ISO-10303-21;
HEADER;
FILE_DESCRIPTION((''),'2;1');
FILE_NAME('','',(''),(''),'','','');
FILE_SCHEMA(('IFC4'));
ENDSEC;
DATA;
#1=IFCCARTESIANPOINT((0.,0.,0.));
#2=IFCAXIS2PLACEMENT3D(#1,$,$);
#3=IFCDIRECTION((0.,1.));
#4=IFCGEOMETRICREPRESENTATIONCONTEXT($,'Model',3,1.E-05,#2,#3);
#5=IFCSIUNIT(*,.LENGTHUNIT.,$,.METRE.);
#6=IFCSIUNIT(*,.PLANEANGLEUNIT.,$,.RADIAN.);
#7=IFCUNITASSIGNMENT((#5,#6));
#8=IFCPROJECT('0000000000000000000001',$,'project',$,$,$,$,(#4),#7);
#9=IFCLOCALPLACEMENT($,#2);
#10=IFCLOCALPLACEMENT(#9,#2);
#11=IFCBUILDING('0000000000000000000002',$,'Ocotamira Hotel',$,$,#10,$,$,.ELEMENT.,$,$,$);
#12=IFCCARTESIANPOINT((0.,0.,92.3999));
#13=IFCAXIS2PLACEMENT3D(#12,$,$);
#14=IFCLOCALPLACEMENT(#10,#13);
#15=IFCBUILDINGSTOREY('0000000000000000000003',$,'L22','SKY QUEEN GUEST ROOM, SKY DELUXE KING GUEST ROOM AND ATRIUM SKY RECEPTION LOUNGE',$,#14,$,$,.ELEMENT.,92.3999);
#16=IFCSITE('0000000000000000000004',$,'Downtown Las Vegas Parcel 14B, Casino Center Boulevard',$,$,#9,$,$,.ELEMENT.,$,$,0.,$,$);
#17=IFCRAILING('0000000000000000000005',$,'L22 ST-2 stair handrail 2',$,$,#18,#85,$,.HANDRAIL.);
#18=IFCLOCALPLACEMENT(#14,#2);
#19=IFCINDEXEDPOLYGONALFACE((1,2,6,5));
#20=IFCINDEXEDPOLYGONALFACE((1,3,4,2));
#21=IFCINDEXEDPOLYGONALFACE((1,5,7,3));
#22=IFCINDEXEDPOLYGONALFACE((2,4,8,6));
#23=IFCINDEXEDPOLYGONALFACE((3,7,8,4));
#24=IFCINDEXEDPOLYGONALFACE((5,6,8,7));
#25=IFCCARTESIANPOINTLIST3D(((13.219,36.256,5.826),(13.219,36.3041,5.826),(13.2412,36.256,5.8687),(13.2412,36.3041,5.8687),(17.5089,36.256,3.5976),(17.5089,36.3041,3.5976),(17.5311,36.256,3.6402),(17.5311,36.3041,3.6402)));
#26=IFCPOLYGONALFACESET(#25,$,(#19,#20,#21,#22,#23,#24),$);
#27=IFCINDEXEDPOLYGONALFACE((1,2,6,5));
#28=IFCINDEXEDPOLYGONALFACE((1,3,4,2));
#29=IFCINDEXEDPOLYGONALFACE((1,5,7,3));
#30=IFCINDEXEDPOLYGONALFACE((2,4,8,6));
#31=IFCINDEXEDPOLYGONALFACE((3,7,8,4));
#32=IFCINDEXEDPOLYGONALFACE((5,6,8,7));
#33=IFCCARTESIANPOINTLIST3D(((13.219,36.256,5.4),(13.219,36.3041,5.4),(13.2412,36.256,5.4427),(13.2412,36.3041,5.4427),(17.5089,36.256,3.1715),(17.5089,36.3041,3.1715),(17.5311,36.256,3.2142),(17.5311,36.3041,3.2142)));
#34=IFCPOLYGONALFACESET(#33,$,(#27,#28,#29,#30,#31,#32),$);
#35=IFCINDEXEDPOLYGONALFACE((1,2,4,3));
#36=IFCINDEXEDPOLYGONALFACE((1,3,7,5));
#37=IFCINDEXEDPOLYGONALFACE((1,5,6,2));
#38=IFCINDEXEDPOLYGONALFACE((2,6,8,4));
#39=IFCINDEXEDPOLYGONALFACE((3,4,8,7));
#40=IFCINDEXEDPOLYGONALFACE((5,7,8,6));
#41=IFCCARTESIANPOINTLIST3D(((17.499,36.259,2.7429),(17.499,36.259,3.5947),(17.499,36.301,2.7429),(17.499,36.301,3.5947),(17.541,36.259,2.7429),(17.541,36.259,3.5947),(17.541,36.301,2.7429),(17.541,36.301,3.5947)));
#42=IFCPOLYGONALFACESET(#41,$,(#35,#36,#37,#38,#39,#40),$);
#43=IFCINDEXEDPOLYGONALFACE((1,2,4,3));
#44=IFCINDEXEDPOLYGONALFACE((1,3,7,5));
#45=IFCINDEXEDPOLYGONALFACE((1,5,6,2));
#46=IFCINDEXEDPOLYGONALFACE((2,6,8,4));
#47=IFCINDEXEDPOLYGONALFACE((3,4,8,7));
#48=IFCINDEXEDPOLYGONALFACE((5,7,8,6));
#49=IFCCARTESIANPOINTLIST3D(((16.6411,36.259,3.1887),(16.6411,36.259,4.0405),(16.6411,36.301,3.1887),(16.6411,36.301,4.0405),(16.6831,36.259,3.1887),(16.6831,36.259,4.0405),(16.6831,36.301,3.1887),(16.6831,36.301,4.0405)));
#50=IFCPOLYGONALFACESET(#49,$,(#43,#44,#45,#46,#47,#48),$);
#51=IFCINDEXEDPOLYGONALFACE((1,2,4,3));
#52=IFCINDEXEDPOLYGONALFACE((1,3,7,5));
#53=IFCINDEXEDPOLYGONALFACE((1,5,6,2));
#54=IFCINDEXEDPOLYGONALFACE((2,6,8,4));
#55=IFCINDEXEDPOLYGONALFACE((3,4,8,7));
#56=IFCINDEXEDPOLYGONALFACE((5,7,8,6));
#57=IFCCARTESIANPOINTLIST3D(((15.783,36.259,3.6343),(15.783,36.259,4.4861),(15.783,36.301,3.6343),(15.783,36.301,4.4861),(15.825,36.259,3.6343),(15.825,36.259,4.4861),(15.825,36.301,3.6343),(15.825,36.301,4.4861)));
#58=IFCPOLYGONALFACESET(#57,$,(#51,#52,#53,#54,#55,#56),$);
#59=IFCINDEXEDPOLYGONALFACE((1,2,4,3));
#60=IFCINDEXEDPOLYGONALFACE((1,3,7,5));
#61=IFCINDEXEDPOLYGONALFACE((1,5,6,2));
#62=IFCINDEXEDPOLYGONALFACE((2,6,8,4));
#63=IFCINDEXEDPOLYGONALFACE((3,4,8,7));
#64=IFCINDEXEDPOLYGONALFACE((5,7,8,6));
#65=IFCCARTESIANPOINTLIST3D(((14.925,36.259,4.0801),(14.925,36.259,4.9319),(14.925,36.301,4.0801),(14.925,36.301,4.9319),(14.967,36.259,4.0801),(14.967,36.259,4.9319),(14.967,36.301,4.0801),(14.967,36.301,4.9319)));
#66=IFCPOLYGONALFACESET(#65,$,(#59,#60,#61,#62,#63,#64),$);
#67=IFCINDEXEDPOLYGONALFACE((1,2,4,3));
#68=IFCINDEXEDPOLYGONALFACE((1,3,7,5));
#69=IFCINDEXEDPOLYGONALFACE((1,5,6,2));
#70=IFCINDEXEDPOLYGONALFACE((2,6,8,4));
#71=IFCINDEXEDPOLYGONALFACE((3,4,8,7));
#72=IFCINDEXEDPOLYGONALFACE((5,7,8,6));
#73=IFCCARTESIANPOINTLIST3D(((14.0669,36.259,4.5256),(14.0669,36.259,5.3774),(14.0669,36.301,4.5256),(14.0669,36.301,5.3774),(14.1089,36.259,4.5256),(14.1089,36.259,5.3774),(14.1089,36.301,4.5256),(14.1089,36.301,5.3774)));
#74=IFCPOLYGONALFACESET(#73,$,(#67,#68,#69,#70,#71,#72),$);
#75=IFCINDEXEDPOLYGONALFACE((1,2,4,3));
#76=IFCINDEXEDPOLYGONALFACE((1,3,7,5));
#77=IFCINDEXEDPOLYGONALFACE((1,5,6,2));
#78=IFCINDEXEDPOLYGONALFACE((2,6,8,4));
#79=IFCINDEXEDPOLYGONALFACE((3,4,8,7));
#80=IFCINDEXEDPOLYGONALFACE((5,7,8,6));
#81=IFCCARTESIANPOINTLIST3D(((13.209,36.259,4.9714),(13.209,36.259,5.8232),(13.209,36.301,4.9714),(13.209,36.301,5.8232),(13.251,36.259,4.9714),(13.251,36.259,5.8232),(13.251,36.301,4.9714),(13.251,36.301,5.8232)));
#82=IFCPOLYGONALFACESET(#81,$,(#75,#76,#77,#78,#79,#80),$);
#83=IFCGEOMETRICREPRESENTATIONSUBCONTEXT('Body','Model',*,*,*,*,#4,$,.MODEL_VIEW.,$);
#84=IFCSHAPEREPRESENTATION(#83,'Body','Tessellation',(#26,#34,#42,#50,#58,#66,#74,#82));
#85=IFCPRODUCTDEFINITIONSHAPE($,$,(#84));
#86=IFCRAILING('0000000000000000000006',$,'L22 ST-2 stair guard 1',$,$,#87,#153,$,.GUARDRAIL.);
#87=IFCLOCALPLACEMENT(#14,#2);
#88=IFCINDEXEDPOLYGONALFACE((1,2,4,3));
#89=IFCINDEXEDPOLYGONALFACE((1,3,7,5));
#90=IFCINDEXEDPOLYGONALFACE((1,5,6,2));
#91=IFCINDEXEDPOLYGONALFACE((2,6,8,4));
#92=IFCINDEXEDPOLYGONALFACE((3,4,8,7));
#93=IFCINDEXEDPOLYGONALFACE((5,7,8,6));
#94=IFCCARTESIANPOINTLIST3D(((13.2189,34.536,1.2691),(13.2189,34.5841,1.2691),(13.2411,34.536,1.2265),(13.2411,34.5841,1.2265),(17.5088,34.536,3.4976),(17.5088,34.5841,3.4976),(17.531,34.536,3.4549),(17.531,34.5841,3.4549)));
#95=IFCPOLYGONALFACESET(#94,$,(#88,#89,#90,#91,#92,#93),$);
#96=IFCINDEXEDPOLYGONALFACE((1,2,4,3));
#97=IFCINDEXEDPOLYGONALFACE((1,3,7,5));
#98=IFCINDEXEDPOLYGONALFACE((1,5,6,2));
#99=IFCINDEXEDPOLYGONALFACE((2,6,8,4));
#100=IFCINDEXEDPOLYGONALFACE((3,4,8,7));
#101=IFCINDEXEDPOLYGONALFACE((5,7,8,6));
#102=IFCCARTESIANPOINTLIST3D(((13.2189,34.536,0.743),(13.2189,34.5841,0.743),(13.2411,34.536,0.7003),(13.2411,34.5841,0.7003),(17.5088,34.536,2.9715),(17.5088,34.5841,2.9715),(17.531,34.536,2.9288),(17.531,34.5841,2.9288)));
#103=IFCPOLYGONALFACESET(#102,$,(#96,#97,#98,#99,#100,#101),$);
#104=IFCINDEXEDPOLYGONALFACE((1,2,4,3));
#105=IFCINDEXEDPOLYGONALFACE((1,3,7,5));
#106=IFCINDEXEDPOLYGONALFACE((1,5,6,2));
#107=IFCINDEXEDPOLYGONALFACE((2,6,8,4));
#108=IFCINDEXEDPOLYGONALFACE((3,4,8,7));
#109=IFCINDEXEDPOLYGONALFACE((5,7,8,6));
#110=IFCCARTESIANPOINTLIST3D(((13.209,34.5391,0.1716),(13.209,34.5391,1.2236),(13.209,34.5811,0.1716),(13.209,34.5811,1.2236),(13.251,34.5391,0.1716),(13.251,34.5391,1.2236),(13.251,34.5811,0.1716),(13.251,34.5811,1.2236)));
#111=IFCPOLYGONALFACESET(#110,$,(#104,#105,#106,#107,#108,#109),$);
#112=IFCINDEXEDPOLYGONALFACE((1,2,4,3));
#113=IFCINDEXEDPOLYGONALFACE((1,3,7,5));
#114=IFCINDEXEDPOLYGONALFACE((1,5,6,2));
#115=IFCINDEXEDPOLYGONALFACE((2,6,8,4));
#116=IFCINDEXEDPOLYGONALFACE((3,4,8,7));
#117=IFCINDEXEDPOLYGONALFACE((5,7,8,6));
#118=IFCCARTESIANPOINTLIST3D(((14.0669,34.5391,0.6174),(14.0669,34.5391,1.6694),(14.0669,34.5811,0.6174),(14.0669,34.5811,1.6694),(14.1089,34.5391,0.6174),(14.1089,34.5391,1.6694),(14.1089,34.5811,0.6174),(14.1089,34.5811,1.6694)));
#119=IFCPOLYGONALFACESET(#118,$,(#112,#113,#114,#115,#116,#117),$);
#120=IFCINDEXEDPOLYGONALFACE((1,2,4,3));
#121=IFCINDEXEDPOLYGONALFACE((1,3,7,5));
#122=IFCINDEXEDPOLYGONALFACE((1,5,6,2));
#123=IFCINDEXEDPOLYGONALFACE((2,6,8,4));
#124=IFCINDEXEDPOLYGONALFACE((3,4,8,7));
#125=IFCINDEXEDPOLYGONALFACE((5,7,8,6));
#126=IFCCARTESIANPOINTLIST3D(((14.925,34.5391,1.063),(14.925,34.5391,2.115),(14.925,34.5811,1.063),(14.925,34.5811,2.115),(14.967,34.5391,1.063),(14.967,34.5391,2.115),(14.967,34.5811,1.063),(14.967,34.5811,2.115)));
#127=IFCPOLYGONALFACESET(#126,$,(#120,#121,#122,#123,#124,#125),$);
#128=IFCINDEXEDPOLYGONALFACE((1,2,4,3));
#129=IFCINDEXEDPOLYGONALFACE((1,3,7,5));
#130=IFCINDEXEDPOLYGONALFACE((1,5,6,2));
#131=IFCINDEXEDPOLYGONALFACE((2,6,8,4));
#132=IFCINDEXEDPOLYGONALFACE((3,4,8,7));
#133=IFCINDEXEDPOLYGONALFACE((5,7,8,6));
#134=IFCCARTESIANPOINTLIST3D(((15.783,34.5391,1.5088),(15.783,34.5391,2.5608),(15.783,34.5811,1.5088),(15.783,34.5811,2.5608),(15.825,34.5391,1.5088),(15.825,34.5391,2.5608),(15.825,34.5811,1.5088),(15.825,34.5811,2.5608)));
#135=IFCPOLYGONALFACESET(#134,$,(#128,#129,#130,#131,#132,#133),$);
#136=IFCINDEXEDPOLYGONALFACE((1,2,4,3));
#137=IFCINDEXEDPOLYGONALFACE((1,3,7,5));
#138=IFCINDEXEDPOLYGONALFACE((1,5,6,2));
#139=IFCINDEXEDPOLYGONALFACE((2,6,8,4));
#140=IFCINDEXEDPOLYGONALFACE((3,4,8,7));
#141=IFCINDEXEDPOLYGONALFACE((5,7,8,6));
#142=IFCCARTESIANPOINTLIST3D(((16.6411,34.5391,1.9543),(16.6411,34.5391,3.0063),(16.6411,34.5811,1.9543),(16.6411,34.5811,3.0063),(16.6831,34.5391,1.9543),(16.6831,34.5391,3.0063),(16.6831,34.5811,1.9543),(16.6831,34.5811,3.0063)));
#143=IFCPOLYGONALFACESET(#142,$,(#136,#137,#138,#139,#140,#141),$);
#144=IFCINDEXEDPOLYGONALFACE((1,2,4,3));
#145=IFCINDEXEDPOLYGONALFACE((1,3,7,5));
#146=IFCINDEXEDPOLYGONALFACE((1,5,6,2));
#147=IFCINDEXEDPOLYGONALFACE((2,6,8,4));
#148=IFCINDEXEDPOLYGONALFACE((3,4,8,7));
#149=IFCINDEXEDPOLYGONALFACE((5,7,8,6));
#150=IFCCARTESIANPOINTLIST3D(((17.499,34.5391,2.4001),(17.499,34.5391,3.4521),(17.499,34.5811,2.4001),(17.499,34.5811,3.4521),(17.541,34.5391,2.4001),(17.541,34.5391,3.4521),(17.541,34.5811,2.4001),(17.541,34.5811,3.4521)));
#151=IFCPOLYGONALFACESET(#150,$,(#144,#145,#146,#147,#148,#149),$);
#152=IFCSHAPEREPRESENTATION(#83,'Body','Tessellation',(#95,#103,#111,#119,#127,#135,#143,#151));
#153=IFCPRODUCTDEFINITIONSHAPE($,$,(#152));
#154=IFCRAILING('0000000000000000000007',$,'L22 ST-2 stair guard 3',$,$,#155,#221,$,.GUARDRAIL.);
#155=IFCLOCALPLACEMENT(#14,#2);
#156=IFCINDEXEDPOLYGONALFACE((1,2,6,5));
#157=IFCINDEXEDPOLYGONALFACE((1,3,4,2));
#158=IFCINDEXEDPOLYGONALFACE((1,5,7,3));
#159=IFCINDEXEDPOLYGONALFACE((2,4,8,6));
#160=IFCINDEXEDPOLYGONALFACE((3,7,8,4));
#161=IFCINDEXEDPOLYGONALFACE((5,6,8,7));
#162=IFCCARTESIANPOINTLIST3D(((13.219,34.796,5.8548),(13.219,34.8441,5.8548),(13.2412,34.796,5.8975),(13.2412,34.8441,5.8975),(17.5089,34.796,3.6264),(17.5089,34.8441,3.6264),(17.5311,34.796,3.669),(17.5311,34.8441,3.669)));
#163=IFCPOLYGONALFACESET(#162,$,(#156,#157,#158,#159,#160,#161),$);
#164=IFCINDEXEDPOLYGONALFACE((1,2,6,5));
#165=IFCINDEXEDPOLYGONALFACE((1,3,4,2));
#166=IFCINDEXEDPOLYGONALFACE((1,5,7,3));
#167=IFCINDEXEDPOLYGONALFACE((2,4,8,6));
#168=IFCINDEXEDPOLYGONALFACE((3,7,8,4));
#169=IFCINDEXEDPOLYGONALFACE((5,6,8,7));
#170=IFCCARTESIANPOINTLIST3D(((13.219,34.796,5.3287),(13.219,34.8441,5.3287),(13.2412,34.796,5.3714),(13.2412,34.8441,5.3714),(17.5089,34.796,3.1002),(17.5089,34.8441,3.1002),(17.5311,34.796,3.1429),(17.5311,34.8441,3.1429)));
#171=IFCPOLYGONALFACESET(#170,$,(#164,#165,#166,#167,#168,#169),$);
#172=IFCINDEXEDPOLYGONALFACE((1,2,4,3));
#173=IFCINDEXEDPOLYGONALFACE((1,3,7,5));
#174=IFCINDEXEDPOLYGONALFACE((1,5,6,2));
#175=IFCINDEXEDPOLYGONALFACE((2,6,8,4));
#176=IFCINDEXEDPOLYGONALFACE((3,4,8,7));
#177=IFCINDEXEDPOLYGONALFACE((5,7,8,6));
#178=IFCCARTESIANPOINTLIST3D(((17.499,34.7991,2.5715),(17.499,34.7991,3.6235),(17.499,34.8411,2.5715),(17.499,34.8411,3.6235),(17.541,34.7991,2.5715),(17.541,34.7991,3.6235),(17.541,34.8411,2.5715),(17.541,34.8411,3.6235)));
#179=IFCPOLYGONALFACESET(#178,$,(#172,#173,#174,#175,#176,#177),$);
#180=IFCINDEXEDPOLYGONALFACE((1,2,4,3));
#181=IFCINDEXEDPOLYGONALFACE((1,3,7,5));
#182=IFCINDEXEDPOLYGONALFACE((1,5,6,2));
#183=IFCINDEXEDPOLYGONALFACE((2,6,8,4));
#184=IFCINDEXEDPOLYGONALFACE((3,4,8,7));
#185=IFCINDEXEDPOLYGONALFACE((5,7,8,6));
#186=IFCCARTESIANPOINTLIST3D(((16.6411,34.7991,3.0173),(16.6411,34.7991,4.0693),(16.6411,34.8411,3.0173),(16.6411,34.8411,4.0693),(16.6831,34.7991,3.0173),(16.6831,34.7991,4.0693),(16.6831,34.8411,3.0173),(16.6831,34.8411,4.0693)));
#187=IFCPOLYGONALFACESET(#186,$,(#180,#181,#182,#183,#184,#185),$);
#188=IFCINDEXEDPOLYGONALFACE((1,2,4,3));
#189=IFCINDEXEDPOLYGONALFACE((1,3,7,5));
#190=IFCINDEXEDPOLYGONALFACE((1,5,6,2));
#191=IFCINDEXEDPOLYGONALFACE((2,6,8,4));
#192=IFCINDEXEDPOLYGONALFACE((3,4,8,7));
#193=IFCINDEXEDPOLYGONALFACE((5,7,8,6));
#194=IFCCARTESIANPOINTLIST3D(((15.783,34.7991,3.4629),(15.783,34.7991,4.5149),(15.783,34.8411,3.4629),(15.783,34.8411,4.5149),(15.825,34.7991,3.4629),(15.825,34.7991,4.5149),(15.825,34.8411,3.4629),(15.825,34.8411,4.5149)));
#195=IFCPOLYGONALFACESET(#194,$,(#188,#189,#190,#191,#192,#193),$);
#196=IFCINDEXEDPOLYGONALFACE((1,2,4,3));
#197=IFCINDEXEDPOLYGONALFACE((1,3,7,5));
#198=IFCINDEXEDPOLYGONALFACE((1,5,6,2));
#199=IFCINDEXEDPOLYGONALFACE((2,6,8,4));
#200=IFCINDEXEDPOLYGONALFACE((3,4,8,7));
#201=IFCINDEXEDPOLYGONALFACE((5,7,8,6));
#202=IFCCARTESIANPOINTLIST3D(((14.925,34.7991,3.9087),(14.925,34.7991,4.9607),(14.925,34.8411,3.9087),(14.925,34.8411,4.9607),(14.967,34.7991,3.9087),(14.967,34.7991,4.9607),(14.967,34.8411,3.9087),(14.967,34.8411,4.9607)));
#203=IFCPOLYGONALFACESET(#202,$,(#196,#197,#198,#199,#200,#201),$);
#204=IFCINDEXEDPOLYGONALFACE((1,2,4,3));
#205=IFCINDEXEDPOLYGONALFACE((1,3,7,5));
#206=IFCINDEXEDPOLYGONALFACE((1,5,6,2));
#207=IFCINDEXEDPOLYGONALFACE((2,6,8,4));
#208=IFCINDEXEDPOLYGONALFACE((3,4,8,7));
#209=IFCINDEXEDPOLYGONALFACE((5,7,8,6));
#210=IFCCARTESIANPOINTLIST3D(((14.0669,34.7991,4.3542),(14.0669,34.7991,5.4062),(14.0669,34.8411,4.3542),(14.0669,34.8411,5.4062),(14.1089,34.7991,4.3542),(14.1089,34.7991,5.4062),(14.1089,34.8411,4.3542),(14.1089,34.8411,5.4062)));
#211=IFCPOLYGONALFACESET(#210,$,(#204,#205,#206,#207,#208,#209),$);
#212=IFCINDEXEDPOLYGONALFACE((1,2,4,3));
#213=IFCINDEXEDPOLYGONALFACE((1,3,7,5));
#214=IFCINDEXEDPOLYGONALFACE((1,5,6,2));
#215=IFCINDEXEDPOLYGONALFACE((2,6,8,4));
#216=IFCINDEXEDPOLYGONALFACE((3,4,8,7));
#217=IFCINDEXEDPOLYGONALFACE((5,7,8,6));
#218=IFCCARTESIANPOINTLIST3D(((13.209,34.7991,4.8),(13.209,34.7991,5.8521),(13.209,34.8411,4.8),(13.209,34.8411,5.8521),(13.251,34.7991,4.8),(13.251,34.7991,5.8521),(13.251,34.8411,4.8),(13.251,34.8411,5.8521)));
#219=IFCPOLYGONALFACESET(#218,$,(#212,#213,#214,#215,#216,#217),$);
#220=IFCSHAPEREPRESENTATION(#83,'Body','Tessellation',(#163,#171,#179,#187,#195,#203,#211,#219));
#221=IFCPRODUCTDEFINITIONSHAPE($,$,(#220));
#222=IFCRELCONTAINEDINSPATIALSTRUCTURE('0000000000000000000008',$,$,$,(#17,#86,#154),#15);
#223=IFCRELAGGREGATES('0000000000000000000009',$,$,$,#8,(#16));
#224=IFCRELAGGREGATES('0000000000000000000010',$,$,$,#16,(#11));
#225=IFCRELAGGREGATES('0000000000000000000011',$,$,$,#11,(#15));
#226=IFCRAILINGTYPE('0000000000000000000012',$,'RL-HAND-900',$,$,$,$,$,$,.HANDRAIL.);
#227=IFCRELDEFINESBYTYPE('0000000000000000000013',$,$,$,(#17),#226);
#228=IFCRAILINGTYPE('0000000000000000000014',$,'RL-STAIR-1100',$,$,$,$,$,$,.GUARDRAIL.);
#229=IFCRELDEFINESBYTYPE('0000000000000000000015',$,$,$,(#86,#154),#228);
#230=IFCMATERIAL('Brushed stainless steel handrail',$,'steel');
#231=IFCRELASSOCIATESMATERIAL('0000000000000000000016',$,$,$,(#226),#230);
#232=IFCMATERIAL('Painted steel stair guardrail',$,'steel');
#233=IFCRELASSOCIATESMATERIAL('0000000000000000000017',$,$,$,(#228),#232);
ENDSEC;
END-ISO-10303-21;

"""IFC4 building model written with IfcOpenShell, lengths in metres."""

from ifc_helpers import new_model, si_unit, direction, frame, origin, origin_2d, place, context, subcontext, project, spatial, rectangle, extrude, material, type_object, element, save


model = new_model("IFC4")

# Units and contexts
model_context = context("Model", 3, precision=1e-05, world=origin(), true_north=direction((0.0, 1.0)))
body_context = subcontext(model_context, "Body", "Model", "MODEL_VIEW")
ifc_project = project(units=[si_unit("LENGTHUNIT", "METRE"), si_unit("PLANEANGLEUNIT", "RADIAN")], contexts=[model_context])

# Site, building, storey
site_placement = place(None, origin())
site = spatial("IfcSite", under=ifc_project, at=site_placement, Name="Downtown Las Vegas Parcel 14B, Casino Center Boulevard", CompositionType="ELEMENT", RefElevation=0.0)
building_placement = place(site_placement, origin())
building = spatial("IfcBuilding", under=site, at=building_placement, Name="Ocotamira Hotel", CompositionType="ELEMENT")
storey_placement = place(building_placement, frame((0.0, 0.0, 92.3999)))
storey = spatial("IfcBuildingStorey", under=building, at=storey_placement, Name="L22", Description="SKY QUEEN GUEST ROOM, SKY DELUXE KING GUEST ROOM AND ATRIUM SKY RECEPTION LOUNGE", CompositionType="ELEMENT", Elevation=92.3999)

# Railings
ifc_material_1 = material(Name="Brushed stainless steel handrail", Category="steel")
railing_type_1 = type_object("IfcRailingType", Name="RL-HAND-900", PredefinedType="HANDRAIL", material=ifc_material_1)
railing_1_placement = place(storey_placement, frame((17.52, 36.28, 2.7429)))
element("IfcRailing", 1, at=railing_1_placement, inside=storey, type_object=railing_type_1, Name="L22 ST-2 stair handrail 2", PredefinedType="HANDRAIL", context=body_context, shape_type="SweptSolid", body=[
    extrude(rectangle(XDim=0.0481, YDim=0.0481, at=origin_2d()), frame((0.0, 0.0, 0.876), z_axis=(-0.887412, 0.0, 0.460977), x_axis=(0.0, -1.0, 0.0)), (0.0, 0.0, 1.0), 4.8342),
    extrude(rectangle(XDim=0.0481, YDim=0.0481, at=origin_2d()), frame((0.0, 0.0, 0.45), z_axis=(-0.887412, 0.0, 0.460977), x_axis=(0.0, -1.0, 0.0)), (0.0, 0.0, 1.0), 4.8342),
    extrude(rectangle(XDim=0.042, YDim=0.042, at=origin_2d()), origin(), (0.0, 0.0, 1.0), 0.8518),
    extrude(rectangle(XDim=0.042, YDim=0.042, at=origin_2d()), frame((-0.8579, 0.0, 0.4458)), (0.0, 0.0, 1.0), 0.8518),
    extrude(rectangle(XDim=0.042, YDim=0.042, at=origin_2d()), frame((-1.7161, 0.0, 0.8914)), (0.0, 0.0, 1.0), 0.8518),
    extrude(rectangle(XDim=0.042, YDim=0.042, at=origin_2d()), frame((-2.574, 0.0, 1.3372)), (0.0, 0.0, 1.0), 0.8518),
    extrude(rectangle(XDim=0.042, YDim=0.042, at=origin_2d()), frame((-3.4321, 0.0, 1.7827)), (0.0, 0.0, 1.0), 0.8518),
    extrude(rectangle(XDim=0.042, YDim=0.042, at=origin_2d()), frame((-4.29, 0.0, 2.2285)), (0.0, 0.0, 1.0), 0.8518),
])
ifc_material_2 = material(Name="Painted steel stair guardrail", Category="steel")
railing_type_2 = type_object("IfcRailingType", Name="RL-STAIR-1100", PredefinedType="GUARDRAIL", material=ifc_material_2)
railing_2_placement = place(storey_placement, frame((13.23, 34.5601, 0.1716)))
element("IfcRailing", 2, at=railing_2_placement, inside=storey, type_object=railing_type_2, Name="L22 ST-2 stair guard 1", PredefinedType="GUARDRAIL", context=body_context, shape_type="SweptSolid", body=[
    extrude(rectangle(XDim=0.0481, YDim=0.0481, at=origin_2d()), frame((0.0, 0.0, 1.0762), z_axis=(0.887412, 0.0, 0.460977), x_axis=(0.0, 1.0, 0.0)), (0.0, 0.0, 1.0), 4.8342),
    extrude(rectangle(XDim=0.0481, YDim=0.0481, at=origin_2d()), frame((0.0, 0.0, 0.55), z_axis=(0.887412, 0.0, 0.460977), x_axis=(0.0, 1.0, 0.0)), (0.0, 0.0, 1.0), 4.8342),
    extrude(rectangle(XDim=0.042, YDim=0.042, at=origin_2d()), origin(), (0.0, 0.0, 1.0), 1.052),
    extrude(rectangle(XDim=0.042, YDim=0.042, at=origin_2d()), frame((0.8579, 0.0, 0.4458)), (0.0, 0.0, 1.0), 1.052),
    extrude(rectangle(XDim=0.042, YDim=0.042, at=origin_2d()), frame((1.7161, 0.0, 0.8914)), (0.0, 0.0, 1.0), 1.052),
    extrude(rectangle(XDim=0.042, YDim=0.042, at=origin_2d()), frame((2.574, 0.0, 1.3372)), (0.0, 0.0, 1.0), 1.052),
    extrude(rectangle(XDim=0.042, YDim=0.042, at=origin_2d()), frame((3.4321, 0.0, 1.7827)), (0.0, 0.0, 1.0), 1.052),
    extrude(rectangle(XDim=0.042, YDim=0.042, at=origin_2d()), frame((4.29, 0.0, 2.2285)), (0.0, 0.0, 1.0), 1.052),
])
railing_3_placement = place(storey_placement, frame((17.52, 34.8201, 2.5715)))
element("IfcRailing", 3, at=railing_3_placement, inside=storey, type_object=railing_type_2, Name="L22 ST-2 stair guard 3", PredefinedType="GUARDRAIL", context=body_context, shape_type="SweptSolid", body=[
    extrude(rectangle(XDim=0.0481, YDim=0.0481, at=origin_2d()), frame((0.0, 0.0, 1.0762), z_axis=(-0.887412, 0.0, 0.460977), x_axis=(0.0, -1.0, 0.0)), (0.0, 0.0, 1.0), 4.8342),
    extrude(rectangle(XDim=0.0481, YDim=0.0481, at=origin_2d()), frame((0.0, 0.0, 0.55), z_axis=(-0.887412, 0.0, 0.460977), x_axis=(0.0, -1.0, 0.0)), (0.0, 0.0, 1.0), 4.8342),
    extrude(rectangle(XDim=0.042, YDim=0.042, at=origin_2d()), origin(), (0.0, 0.0, 1.0), 1.052),
    extrude(rectangle(XDim=0.042, YDim=0.042, at=origin_2d()), frame((-0.8579, 0.0, 0.4458)), (0.0, 0.0, 1.0), 1.052),
    extrude(rectangle(XDim=0.042, YDim=0.042, at=origin_2d()), frame((-1.7161, 0.0, 0.8914)), (0.0, 0.0, 1.0), 1.052),
    extrude(rectangle(XDim=0.042, YDim=0.042, at=origin_2d()), frame((-2.574, 0.0, 1.3372)), (0.0, 0.0, 1.0), 1.052),
    extrude(rectangle(XDim=0.042, YDim=0.042, at=origin_2d()), frame((-3.4321, 0.0, 1.7827)), (0.0, 0.0, 1.0), 1.052),
    extrude(rectangle(XDim=0.042, YDim=0.042, at=origin_2d()), frame((-4.29, 0.0, 2.2285)), (0.0, 0.0, 1.0), 1.052),
])

save(model, "model.ifc")
